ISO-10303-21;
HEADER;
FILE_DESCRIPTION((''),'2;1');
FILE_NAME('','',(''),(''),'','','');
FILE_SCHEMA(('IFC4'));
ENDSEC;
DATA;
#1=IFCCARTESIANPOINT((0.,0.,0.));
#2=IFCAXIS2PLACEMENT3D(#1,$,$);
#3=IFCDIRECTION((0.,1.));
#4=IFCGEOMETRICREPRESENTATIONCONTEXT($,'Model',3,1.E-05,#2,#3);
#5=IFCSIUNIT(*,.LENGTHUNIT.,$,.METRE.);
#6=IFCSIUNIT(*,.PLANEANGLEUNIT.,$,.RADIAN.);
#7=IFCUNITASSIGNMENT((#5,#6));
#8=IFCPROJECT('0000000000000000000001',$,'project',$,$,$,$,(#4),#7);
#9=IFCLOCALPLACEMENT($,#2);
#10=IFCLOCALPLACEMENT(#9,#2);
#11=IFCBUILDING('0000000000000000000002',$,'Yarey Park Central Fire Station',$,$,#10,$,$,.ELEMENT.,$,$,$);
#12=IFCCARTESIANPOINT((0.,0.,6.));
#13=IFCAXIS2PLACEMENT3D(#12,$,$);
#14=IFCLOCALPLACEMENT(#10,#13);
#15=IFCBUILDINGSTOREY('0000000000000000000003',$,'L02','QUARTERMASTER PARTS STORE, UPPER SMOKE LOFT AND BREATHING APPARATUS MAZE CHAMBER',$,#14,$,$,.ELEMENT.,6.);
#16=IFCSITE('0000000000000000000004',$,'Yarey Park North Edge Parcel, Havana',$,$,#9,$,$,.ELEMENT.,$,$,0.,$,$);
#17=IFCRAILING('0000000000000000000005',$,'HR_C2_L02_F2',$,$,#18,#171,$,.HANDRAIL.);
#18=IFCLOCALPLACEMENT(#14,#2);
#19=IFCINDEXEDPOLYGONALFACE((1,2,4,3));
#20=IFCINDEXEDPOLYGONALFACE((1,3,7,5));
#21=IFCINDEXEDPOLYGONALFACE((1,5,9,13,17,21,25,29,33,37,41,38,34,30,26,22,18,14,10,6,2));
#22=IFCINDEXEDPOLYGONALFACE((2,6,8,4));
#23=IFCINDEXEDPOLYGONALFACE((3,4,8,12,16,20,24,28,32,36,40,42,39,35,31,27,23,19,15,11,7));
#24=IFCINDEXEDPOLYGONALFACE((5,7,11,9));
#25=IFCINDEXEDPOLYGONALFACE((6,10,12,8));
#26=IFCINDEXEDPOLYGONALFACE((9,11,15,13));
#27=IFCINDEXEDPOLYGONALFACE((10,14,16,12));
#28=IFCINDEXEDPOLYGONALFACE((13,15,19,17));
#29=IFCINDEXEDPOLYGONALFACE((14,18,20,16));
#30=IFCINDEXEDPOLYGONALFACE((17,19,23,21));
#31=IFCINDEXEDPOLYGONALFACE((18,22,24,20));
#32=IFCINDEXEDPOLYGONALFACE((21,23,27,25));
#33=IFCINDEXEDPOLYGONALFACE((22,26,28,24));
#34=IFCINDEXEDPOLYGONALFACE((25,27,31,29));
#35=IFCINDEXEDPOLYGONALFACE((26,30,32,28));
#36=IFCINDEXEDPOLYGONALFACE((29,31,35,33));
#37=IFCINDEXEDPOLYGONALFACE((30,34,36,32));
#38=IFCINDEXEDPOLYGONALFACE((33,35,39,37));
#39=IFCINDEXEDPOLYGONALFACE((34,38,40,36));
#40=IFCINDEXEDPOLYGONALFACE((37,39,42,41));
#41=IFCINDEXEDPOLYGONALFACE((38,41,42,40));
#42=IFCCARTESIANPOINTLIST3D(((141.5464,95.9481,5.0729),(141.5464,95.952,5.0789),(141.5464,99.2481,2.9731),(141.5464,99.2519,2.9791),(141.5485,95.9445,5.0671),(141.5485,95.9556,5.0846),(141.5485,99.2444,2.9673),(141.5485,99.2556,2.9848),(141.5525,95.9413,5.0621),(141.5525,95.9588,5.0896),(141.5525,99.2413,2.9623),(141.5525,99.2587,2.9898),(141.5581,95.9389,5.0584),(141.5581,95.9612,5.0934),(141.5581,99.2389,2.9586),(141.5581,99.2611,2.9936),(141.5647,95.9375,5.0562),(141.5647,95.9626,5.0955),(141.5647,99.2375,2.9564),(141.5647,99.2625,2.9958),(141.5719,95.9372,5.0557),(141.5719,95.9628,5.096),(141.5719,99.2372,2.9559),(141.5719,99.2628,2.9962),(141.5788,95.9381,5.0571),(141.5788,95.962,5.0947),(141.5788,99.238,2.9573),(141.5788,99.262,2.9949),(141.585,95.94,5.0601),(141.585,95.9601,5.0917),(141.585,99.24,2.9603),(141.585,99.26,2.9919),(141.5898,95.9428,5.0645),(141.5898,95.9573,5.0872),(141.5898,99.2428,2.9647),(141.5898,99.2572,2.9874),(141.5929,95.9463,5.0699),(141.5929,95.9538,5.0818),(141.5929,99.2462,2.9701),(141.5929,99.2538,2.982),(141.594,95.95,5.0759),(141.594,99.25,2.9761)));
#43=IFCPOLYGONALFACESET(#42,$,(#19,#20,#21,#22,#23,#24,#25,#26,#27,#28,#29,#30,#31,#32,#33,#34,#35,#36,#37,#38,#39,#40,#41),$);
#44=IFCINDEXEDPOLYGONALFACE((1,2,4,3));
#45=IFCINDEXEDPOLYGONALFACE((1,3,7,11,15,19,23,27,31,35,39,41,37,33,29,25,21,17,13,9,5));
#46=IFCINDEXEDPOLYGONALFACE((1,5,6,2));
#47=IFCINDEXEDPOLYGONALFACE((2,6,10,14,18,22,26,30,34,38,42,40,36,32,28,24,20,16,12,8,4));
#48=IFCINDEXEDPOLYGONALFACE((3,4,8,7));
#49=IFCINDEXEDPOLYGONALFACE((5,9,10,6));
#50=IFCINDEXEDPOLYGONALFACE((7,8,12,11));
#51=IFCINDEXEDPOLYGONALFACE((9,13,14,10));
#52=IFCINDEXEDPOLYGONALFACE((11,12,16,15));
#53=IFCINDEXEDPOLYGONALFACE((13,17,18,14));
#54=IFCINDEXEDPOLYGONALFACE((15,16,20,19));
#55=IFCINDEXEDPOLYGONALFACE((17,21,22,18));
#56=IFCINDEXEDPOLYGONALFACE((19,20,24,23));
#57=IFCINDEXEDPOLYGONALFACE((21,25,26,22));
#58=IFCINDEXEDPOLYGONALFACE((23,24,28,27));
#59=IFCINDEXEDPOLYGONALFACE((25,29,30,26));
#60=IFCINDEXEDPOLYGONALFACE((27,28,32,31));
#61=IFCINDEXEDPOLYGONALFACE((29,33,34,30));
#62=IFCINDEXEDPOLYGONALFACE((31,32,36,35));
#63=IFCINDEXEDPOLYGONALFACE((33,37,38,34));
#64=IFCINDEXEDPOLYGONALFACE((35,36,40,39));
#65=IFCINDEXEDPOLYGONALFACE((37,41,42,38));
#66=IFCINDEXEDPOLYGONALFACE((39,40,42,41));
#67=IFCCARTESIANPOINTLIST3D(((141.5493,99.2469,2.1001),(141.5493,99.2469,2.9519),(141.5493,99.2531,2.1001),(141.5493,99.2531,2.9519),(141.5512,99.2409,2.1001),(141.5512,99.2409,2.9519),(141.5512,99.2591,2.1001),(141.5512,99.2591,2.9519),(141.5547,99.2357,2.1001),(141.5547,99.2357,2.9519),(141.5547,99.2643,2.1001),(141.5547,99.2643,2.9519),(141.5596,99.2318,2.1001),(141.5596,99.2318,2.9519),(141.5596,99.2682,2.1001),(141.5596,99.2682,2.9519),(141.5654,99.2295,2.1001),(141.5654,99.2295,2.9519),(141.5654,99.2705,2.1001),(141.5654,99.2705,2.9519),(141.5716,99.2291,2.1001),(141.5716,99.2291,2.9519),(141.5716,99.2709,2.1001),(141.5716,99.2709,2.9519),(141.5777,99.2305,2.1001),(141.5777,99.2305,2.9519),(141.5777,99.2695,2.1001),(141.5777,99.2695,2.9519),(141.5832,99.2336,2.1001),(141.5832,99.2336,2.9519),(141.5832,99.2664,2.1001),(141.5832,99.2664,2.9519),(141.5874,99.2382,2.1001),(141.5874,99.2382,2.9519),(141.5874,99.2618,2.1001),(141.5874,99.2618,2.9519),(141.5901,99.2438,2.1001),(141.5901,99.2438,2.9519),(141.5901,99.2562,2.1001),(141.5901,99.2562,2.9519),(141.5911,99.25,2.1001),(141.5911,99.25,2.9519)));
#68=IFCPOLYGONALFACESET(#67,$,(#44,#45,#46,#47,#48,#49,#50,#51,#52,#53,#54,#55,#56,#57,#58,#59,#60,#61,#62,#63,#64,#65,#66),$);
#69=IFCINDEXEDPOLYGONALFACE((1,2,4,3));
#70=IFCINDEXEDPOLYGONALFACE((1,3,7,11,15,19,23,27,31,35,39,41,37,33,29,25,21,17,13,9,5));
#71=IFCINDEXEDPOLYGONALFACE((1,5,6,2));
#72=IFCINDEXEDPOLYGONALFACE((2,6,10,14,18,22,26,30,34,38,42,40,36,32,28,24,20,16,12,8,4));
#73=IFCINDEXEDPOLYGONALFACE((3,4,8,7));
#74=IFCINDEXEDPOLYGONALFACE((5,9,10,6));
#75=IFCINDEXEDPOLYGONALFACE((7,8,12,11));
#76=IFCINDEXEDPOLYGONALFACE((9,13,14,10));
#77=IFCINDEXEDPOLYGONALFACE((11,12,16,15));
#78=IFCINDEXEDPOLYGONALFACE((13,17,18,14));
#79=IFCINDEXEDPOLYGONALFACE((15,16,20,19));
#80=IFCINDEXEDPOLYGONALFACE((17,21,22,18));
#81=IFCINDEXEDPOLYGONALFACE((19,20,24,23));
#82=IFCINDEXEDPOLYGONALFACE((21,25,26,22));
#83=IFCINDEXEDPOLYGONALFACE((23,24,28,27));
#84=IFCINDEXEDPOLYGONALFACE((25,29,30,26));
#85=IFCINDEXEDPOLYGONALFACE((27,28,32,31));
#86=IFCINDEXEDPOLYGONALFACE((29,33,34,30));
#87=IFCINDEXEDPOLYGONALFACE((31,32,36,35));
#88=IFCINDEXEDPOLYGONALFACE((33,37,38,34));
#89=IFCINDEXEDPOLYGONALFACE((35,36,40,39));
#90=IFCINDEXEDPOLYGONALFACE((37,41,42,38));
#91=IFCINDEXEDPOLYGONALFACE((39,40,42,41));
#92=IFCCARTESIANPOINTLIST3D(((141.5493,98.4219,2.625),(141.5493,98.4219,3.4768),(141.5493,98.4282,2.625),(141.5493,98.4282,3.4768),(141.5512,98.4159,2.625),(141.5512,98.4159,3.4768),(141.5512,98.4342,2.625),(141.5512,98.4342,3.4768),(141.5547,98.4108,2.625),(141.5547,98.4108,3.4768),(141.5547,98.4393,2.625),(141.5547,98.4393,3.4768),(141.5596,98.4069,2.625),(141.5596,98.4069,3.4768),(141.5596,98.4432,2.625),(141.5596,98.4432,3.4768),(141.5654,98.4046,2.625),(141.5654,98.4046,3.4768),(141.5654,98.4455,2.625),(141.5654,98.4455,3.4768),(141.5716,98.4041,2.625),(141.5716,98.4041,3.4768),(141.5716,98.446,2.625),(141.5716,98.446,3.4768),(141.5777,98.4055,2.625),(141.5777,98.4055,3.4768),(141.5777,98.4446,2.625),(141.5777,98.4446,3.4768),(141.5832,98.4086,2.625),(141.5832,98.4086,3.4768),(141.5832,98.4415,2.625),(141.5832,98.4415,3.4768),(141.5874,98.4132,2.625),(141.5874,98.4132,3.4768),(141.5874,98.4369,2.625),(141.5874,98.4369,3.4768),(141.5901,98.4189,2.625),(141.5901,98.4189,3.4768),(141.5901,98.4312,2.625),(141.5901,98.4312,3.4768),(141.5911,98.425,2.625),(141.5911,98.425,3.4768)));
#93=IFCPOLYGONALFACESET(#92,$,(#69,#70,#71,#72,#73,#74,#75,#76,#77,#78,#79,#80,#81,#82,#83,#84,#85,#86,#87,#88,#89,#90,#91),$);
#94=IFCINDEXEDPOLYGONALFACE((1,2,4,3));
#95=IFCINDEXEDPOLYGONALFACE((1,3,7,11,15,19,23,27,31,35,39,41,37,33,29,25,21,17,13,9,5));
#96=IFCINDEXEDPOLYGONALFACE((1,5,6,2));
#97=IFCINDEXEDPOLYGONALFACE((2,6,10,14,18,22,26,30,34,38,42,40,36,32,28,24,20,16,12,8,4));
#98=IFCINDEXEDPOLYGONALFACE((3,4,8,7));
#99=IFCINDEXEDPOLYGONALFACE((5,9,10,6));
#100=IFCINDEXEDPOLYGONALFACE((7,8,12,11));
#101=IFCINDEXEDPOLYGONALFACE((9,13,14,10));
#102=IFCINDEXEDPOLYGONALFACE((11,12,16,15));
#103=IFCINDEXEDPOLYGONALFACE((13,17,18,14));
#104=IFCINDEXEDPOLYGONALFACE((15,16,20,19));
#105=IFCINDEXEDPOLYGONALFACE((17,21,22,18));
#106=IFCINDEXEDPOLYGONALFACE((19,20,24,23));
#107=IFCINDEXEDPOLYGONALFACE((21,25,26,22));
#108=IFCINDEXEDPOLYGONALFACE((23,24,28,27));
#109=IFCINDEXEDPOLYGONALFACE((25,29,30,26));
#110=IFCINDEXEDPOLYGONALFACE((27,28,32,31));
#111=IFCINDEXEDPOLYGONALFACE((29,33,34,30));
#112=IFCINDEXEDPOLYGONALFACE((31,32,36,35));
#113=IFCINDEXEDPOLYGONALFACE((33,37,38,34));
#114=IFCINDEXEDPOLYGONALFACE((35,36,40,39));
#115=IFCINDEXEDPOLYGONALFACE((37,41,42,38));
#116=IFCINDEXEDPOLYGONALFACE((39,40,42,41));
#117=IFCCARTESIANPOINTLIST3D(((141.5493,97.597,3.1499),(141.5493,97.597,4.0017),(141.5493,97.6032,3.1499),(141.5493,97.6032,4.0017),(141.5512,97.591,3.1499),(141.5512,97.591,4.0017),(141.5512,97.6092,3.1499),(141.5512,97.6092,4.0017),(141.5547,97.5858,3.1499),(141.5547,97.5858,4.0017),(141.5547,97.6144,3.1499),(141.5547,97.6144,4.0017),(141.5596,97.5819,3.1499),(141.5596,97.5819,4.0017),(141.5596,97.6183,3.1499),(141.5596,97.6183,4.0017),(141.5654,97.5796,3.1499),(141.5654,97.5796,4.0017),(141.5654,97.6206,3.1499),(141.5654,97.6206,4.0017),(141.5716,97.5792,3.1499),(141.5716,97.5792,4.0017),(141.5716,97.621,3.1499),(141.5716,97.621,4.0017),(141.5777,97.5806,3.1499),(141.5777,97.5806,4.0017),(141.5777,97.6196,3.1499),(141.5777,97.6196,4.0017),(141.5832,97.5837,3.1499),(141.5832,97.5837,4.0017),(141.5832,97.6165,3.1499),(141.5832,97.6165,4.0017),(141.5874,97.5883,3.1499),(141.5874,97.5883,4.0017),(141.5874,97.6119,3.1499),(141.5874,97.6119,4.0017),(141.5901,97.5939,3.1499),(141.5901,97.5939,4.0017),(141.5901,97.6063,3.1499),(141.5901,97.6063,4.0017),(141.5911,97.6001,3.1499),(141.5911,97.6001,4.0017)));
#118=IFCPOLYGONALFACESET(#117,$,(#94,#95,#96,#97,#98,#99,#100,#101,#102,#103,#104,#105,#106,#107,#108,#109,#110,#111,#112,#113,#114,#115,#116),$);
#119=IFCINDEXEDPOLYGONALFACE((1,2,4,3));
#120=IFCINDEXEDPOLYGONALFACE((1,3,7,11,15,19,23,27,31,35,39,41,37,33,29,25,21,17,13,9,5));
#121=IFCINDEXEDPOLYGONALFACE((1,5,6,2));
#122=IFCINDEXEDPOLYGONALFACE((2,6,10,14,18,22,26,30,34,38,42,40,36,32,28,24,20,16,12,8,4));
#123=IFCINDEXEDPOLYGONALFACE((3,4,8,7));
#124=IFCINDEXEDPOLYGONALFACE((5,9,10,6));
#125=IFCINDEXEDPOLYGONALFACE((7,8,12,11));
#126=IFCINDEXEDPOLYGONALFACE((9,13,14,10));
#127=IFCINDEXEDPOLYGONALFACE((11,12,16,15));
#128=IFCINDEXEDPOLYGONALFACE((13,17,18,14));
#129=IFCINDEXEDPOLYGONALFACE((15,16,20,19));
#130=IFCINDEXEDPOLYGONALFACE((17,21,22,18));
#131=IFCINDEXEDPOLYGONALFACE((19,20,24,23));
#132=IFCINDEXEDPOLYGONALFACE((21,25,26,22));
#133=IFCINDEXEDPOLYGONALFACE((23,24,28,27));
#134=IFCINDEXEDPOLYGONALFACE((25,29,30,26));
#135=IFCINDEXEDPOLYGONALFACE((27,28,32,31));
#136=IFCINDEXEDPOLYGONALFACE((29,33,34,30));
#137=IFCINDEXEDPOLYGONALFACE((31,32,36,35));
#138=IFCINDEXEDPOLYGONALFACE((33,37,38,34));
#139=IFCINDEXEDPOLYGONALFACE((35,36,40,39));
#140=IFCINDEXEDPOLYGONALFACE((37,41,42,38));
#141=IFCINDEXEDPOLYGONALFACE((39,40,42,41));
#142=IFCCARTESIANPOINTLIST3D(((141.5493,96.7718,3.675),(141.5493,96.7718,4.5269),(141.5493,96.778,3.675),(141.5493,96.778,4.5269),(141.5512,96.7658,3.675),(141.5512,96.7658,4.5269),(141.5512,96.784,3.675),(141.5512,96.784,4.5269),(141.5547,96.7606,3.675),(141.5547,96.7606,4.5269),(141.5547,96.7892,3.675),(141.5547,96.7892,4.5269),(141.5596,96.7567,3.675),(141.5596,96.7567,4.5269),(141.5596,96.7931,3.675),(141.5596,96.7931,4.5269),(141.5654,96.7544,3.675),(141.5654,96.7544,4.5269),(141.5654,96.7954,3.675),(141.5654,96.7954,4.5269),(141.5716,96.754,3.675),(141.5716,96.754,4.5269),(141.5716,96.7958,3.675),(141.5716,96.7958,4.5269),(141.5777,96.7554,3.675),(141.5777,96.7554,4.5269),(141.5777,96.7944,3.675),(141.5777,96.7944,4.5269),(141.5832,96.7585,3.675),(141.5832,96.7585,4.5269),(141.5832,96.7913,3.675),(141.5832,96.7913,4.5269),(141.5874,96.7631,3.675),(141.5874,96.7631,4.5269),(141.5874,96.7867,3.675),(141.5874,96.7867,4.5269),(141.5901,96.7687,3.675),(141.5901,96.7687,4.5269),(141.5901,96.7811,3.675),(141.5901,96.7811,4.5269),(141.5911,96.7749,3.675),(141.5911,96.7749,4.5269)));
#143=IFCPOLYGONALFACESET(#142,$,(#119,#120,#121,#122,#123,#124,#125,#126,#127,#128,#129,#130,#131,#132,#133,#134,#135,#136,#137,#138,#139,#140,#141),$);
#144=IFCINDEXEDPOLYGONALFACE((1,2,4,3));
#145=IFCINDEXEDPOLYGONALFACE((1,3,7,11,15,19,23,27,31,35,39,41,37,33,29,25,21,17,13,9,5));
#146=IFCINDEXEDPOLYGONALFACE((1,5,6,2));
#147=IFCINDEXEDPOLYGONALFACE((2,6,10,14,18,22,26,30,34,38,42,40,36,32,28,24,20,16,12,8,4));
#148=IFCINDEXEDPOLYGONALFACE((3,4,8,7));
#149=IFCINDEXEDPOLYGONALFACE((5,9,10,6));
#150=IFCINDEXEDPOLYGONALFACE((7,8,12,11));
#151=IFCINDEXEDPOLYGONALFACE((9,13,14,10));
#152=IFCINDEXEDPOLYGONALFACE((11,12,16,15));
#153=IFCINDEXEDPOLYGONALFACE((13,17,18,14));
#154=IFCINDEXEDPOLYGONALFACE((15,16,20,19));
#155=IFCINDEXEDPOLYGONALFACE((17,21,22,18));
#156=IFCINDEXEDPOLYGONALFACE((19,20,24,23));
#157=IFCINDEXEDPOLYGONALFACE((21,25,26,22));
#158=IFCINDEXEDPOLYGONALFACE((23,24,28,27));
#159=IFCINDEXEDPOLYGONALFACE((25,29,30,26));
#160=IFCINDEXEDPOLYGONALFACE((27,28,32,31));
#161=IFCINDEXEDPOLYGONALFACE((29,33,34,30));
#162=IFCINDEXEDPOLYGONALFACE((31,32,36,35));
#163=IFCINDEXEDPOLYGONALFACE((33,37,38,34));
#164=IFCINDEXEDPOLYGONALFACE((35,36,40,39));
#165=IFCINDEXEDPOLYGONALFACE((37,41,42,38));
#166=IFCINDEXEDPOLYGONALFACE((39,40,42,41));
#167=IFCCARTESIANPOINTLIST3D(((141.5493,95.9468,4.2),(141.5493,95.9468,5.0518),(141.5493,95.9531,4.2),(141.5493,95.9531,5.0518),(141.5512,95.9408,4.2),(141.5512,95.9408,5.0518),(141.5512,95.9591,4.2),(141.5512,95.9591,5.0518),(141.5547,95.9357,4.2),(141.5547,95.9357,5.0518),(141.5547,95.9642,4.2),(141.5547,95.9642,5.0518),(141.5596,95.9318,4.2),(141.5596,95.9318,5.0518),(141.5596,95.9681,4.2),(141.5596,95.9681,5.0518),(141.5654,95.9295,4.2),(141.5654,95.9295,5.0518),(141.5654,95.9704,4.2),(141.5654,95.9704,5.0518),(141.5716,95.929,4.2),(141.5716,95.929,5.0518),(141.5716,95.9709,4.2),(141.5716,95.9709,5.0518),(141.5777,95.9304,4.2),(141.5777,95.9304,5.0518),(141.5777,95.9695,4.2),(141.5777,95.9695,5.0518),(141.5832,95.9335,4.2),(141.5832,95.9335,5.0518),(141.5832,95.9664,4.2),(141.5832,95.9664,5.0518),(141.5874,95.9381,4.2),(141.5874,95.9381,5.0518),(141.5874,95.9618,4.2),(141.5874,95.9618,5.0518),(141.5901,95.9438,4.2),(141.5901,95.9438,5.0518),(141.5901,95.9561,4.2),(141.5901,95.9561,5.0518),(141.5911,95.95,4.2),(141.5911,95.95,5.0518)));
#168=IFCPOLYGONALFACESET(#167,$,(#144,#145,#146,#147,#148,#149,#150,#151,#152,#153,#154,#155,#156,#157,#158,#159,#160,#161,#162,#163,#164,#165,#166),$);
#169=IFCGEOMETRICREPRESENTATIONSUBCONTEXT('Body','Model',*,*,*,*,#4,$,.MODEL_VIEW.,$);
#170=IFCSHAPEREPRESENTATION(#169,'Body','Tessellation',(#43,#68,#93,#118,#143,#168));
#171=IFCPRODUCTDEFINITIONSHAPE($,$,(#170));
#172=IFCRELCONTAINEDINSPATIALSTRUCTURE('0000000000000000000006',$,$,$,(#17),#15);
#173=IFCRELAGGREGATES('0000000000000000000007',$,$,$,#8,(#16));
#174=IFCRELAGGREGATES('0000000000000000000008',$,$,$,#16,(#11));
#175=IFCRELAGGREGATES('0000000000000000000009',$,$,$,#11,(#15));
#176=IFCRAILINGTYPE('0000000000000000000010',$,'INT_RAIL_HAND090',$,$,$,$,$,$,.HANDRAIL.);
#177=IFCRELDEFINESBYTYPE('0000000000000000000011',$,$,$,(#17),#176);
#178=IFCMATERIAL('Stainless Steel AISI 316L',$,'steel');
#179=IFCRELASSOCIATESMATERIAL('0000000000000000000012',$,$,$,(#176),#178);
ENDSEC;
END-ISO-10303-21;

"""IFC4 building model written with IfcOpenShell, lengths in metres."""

from ifc_helpers import new_model, si_unit, direction, frame, origin, origin_2d, place, context, subcontext, project, spatial, circle, extrude, material, type_object, element, save


model = new_model("IFC4")

# Units and contexts
model_context = context("Model", 3, precision=1e-05, world=origin(), true_north=direction((0.0, 1.0)))
body_context = subcontext(model_context, "Body", "Model", "MODEL_VIEW")
ifc_project = project(units=[si_unit("LENGTHUNIT", "METRE"), si_unit("PLANEANGLEUNIT", "RADIAN")], contexts=[model_context])

# Site, building, storey
site_placement = place(None, origin())
site = spatial("IfcSite", under=ifc_project, at=site_placement, Name="Yarey Park North Edge Parcel, Havana", CompositionType="ELEMENT", RefElevation=0.0)
building_placement = place(site_placement, origin())
building = spatial("IfcBuilding", under=site, at=building_placement, Name="Yarey Park Central Fire Station", CompositionType="ELEMENT")
storey_placement = place(building_placement, frame((0.0, 0.0, 6.0)))
storey = spatial("IfcBuildingStorey", under=building, at=storey_placement, Name="L02", Description="QUARTERMASTER PARTS STORE, UPPER SMOKE LOFT AND BREATHING APPARATUS MAZE CHAMBER", CompositionType="ELEMENT", Elevation=6.0)

# Railing
ifc_material_1 = material(Name="Stainless Steel AISI 316L", Category="steel")
railing_type = type_object("IfcRailingType", Name="INT_RAIL_HAND090", PredefinedType="HANDRAIL", material=ifc_material_1)
railing_placement = place(storey_placement, frame((141.5701, 99.25, 2.1001)))
element("IfcRailing", 1, at=railing_placement, inside=storey, type_object=railing_type, Name="HR_C2_L02_F2", PredefinedType="HANDRAIL", context=body_context, shape_type="SweptSolid", body=[
    extrude(circle(Radius=0.0239, at=origin_2d()), frame((0.0, 0.0, 0.876), z_axis=(0.0, -0.843682, 0.536843), x_axis=(1.0, 0.0, 0.0)), (0.0, 0.0, 1.0), 3.9114),
    extrude(circle(Radius=0.021, at=origin_2d()), origin(), (0.0, 0.0, 1.0), 0.8518),
    extrude(circle(Radius=0.021, at=origin_2d()), frame((0.0, -0.825, 0.5249)), (0.0, 0.0, 1.0), 0.8518),
    extrude(circle(Radius=0.021, at=origin_2d()), frame((0.0, -1.6499, 1.0498)), (0.0, 0.0, 1.0), 0.8518),
    extrude(circle(Radius=0.021, at=origin_2d()), frame((0.0, -2.4751, 1.575)), (0.0, 0.0, 1.0), 0.8518),
    extrude(circle(Radius=0.021, at=origin_2d()), frame((0.0, -3.3, 2.0999)), (0.0, 0.0, 1.0), 0.8518),
])

save(model, "model.ifc")
